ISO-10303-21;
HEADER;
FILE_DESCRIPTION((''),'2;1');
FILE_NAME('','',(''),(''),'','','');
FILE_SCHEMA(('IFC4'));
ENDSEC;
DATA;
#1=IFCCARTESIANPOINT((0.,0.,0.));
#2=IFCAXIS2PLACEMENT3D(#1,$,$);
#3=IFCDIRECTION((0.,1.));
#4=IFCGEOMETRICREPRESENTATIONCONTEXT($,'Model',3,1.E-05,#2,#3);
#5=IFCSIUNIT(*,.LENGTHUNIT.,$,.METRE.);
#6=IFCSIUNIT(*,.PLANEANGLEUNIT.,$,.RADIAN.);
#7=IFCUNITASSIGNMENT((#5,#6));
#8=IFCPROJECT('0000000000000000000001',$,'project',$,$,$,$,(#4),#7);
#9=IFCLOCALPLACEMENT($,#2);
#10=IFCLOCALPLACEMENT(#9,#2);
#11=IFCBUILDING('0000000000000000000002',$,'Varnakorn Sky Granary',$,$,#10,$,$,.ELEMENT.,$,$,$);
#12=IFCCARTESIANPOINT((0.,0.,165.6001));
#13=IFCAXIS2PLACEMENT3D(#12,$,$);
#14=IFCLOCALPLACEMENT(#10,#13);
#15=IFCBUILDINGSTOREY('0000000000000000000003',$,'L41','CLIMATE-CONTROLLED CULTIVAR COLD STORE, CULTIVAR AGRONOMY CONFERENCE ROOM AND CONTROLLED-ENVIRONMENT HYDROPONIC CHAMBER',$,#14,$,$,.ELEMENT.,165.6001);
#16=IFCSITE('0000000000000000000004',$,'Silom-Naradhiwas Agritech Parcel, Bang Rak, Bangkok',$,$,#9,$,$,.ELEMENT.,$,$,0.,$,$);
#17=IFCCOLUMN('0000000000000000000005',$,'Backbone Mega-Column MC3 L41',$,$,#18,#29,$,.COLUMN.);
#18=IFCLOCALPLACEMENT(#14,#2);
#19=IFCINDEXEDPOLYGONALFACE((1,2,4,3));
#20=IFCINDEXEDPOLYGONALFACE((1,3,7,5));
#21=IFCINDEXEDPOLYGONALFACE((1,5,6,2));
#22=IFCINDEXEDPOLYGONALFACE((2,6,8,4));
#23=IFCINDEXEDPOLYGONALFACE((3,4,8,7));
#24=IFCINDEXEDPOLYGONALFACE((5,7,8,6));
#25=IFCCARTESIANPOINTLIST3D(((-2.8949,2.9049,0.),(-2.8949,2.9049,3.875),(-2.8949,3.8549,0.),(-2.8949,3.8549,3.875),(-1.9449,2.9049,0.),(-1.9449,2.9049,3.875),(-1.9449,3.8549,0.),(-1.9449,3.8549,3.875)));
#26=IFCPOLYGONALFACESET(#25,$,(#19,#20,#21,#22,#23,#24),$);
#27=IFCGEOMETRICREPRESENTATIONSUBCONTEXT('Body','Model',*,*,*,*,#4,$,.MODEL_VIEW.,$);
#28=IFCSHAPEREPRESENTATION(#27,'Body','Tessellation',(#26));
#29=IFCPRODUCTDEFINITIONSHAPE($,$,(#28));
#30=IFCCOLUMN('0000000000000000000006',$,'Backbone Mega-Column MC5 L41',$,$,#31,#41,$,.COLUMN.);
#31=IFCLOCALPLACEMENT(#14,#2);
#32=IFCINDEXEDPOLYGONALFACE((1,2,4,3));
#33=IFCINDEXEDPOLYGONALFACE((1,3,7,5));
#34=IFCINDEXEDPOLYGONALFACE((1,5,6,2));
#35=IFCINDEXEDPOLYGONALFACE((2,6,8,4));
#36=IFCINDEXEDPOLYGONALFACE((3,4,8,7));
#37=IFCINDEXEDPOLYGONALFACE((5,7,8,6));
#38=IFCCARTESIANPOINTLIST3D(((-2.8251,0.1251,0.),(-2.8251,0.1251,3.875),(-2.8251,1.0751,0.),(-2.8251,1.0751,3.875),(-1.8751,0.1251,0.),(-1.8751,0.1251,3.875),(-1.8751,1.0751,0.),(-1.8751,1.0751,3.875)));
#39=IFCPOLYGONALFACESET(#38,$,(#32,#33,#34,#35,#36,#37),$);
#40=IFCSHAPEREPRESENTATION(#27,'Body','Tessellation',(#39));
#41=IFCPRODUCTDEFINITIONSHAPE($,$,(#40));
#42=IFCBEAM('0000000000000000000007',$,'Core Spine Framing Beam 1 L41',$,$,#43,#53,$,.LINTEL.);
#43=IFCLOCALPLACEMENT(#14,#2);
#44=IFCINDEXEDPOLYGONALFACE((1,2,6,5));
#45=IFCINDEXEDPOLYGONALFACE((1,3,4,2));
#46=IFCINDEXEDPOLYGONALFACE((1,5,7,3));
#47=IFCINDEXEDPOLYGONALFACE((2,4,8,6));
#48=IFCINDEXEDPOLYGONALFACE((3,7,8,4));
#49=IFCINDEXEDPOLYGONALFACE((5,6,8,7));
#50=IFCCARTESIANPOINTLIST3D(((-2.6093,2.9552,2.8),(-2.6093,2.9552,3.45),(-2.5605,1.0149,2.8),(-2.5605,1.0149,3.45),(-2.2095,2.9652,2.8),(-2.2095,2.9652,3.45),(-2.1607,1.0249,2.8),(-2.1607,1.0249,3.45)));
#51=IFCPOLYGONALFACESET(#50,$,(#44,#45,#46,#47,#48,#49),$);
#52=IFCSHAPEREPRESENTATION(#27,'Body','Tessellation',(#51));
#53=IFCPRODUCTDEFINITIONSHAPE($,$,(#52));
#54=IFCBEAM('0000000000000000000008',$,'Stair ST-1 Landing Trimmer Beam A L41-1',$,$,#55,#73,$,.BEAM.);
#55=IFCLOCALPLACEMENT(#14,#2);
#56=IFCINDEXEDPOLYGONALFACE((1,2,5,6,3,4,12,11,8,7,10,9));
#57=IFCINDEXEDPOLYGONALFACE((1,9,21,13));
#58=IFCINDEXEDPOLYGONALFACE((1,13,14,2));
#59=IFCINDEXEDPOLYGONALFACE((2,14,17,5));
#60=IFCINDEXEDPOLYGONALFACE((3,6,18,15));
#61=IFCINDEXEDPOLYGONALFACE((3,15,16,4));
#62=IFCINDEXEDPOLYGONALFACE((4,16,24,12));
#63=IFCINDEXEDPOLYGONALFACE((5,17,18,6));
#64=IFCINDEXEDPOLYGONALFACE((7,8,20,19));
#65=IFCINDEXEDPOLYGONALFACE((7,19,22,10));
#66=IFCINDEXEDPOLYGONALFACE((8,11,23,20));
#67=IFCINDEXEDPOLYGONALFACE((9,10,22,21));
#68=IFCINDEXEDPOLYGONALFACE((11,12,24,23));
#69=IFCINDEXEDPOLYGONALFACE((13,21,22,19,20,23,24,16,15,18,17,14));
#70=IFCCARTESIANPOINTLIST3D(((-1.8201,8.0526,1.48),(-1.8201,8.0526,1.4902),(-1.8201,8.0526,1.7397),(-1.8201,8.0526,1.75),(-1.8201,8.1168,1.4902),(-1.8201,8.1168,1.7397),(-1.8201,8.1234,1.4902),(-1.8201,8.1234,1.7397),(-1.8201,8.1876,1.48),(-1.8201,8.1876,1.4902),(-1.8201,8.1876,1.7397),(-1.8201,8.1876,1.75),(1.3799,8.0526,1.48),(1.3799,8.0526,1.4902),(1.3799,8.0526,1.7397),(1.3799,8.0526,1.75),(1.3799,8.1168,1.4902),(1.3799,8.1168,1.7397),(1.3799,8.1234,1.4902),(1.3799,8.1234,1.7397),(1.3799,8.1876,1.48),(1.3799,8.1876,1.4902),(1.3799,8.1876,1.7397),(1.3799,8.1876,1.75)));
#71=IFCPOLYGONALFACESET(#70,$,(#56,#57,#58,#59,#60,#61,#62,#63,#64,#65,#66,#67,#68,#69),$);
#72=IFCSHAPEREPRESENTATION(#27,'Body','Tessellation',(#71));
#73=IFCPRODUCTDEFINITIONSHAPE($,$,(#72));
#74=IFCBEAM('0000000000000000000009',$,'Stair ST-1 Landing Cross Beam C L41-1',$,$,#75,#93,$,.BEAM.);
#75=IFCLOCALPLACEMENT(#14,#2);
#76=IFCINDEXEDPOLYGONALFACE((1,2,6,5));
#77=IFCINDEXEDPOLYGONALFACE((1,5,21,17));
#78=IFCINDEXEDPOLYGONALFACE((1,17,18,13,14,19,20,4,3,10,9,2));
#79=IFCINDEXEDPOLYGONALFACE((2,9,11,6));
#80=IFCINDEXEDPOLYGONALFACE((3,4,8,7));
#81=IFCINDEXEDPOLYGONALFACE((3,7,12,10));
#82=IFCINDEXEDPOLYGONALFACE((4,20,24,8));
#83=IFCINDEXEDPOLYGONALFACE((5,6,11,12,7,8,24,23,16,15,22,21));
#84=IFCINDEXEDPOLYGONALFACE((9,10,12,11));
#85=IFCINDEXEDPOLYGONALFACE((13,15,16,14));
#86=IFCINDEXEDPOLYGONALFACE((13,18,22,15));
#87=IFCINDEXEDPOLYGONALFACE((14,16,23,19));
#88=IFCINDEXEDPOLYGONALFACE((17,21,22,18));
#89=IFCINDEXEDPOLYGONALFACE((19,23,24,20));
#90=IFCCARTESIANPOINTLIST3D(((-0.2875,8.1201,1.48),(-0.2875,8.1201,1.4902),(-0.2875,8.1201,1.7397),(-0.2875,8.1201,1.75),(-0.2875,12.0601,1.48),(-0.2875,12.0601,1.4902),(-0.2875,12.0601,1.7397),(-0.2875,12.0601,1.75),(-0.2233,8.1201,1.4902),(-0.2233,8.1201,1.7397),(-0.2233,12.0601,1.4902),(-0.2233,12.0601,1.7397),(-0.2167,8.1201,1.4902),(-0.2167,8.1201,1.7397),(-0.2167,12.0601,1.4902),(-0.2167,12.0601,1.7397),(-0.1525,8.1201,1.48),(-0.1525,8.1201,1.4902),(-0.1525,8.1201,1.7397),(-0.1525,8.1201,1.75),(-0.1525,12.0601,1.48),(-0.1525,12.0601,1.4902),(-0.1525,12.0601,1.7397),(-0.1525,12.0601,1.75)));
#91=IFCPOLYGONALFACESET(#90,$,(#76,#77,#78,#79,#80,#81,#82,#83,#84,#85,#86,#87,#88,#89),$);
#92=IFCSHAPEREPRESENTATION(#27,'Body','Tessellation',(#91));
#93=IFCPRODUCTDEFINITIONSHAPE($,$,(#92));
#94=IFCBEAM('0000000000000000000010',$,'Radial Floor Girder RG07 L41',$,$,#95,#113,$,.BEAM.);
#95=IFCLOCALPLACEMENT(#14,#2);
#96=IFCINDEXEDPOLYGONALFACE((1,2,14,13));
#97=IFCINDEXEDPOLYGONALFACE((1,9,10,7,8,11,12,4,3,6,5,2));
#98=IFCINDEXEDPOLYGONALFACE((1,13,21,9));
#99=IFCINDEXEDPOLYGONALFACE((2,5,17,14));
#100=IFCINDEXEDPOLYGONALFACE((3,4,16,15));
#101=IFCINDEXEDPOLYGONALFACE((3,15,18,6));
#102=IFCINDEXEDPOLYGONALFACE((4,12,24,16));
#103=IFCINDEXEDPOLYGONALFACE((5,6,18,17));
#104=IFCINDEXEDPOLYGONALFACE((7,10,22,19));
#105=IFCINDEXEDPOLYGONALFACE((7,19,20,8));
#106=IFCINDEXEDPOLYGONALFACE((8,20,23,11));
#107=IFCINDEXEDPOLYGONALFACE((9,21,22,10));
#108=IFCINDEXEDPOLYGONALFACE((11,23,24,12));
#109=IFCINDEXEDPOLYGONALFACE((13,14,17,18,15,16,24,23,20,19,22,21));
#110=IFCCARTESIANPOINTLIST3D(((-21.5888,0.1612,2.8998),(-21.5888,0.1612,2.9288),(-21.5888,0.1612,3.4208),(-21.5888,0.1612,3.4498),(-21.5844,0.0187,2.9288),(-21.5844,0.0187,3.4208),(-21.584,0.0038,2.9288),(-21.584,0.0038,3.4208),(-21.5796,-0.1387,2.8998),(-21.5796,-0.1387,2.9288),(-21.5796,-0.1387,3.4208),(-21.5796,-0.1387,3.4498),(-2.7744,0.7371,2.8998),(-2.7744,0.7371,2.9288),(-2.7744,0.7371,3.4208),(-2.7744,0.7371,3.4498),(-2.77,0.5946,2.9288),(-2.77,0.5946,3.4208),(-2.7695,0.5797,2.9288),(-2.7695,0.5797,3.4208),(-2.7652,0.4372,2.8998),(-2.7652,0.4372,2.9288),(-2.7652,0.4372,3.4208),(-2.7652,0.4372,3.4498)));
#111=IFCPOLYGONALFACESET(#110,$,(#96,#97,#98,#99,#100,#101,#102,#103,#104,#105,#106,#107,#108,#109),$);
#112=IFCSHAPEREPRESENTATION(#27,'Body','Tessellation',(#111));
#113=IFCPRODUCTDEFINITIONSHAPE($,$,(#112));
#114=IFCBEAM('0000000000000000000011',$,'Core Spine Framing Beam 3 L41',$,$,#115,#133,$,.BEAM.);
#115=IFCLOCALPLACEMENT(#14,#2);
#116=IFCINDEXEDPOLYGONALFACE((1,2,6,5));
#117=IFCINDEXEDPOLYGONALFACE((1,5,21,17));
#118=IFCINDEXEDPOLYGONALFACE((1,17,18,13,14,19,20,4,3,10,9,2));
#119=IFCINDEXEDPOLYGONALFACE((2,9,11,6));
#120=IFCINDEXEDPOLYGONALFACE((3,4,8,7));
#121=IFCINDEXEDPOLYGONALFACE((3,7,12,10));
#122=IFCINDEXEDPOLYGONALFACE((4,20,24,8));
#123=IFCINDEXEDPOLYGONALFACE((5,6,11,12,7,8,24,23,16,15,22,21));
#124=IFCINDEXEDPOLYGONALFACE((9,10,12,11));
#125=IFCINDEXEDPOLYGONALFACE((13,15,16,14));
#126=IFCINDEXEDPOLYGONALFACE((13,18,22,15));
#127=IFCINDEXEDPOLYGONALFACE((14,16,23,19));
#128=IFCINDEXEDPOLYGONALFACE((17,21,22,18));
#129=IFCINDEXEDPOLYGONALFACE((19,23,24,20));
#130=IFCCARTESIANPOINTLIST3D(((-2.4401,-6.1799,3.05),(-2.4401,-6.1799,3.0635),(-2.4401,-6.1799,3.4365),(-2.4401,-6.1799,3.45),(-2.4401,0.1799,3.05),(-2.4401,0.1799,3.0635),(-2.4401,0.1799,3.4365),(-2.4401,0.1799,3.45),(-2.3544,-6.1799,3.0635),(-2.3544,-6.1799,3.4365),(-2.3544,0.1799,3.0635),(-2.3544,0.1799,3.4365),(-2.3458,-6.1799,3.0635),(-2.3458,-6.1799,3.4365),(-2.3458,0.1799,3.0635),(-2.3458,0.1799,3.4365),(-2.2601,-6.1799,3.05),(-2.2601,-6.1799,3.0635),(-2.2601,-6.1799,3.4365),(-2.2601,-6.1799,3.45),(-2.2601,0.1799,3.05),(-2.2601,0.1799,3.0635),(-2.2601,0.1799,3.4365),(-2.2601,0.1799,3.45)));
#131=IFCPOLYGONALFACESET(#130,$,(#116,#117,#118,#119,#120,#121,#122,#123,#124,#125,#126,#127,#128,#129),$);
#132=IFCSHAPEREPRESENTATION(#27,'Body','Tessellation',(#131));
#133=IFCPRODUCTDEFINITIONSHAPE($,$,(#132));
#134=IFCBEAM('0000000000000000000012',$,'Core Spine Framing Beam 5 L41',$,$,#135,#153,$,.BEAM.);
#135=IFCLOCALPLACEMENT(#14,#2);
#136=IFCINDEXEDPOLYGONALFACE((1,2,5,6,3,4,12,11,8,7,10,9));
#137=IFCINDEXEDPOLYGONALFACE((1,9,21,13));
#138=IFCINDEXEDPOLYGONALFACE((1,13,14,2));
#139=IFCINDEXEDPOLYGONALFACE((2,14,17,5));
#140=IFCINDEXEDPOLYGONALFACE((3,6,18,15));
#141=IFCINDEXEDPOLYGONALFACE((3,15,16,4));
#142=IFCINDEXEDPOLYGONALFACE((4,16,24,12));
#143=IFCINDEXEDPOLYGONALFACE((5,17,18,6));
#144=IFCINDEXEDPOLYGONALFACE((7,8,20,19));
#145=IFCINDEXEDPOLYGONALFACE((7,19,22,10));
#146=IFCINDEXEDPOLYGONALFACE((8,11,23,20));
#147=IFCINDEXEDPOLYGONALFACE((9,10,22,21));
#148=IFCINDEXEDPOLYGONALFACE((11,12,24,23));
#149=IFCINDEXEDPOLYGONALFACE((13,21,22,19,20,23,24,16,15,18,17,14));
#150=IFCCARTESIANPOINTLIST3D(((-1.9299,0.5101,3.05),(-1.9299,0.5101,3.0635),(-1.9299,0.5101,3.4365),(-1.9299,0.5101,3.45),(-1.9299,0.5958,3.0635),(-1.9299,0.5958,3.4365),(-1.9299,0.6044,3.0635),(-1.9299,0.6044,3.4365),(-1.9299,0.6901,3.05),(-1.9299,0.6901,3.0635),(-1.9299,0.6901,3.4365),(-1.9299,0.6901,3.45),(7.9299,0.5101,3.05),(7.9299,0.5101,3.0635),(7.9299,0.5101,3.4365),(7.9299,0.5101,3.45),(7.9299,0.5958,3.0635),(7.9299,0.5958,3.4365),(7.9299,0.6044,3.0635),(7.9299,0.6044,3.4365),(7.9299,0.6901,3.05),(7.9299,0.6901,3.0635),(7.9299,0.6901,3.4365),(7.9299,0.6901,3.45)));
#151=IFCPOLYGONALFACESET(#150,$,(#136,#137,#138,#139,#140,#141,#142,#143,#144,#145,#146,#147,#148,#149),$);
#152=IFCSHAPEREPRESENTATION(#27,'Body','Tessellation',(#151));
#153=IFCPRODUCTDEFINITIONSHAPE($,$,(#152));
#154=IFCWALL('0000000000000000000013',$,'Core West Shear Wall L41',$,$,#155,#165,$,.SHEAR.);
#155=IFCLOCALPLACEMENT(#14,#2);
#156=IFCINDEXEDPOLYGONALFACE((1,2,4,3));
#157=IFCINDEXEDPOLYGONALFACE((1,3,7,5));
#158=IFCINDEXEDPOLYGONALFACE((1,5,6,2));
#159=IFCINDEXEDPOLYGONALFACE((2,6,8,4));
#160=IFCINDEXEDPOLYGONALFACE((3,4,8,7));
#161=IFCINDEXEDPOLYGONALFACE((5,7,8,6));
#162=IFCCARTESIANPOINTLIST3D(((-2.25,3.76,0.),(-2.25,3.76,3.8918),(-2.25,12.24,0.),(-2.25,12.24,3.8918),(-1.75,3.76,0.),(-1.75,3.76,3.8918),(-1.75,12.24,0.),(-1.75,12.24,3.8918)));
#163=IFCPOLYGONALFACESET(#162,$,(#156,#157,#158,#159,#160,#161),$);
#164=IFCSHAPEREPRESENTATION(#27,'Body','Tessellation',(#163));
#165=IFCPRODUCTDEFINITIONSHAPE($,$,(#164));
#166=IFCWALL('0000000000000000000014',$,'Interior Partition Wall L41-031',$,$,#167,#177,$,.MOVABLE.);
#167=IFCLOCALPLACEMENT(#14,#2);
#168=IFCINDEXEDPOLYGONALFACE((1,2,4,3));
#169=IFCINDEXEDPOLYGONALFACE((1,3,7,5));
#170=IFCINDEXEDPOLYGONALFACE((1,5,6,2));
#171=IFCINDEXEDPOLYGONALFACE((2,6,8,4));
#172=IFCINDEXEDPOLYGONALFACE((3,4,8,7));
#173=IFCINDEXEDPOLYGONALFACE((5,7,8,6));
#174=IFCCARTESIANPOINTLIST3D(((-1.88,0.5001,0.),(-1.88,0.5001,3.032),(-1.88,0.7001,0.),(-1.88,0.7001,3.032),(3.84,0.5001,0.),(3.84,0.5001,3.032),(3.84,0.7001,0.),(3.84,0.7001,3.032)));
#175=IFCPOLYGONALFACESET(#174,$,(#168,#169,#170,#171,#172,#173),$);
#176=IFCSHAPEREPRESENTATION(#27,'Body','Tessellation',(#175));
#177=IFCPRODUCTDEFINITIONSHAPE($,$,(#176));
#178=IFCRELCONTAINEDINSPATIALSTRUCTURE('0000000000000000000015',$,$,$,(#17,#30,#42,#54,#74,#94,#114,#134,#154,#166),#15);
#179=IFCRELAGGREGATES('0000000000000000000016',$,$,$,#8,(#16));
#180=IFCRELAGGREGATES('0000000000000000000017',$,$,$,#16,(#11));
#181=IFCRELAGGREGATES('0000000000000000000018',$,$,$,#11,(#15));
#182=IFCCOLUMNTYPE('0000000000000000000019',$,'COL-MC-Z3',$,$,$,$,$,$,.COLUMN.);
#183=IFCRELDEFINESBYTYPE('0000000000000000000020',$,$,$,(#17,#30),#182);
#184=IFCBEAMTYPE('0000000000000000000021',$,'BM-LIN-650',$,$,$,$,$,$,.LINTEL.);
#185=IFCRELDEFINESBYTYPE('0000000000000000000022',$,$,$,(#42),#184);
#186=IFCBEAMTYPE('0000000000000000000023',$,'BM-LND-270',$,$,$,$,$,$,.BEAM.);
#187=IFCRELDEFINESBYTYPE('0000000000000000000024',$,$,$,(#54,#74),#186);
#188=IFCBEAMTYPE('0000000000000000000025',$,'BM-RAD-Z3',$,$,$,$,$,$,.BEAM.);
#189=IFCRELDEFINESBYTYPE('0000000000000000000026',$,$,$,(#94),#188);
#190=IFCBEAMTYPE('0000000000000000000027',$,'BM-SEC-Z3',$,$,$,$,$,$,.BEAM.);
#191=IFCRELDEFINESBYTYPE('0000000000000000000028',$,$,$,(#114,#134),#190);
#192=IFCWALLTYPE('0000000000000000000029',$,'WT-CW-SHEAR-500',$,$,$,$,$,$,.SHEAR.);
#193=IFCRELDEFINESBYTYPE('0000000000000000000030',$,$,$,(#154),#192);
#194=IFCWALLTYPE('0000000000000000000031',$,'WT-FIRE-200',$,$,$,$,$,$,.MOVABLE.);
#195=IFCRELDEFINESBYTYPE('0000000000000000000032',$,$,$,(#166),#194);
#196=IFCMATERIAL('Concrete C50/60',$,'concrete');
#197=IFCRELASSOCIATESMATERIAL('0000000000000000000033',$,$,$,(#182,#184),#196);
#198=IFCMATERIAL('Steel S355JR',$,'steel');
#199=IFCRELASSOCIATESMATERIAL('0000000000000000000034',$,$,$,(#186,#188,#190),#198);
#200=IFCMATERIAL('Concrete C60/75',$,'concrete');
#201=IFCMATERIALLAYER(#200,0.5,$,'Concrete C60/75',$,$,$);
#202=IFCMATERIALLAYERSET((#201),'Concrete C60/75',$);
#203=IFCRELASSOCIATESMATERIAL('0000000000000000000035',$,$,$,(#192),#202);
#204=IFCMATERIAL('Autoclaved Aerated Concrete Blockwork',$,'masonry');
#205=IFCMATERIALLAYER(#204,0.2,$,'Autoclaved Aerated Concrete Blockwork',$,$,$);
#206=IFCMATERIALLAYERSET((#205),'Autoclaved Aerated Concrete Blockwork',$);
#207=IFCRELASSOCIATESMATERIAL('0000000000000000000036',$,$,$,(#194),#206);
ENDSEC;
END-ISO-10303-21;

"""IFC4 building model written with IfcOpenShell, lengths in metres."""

from ifc_helpers import new_model, si_unit, direction, frame, frame_2d, origin, origin_2d, place, context, subcontext, project, spatial, rectangle, i_section, extrude, material, layer, layer_set, material_profile, profile_set, type_object, element, save


model = new_model("IFC4")

# Units and contexts
model_context = context("Model", 3, precision=1e-05, world=origin(), true_north=direction((0.0, 1.0)))
body_context = subcontext(model_context, "Body", "Model", "MODEL_VIEW")
ifc_project = project(units=[si_unit("LENGTHUNIT", "METRE"), si_unit("PLANEANGLEUNIT", "RADIAN")], contexts=[model_context])

# Site, building, storey
site_placement = place(None, origin())
site = spatial("IfcSite", under=ifc_project, at=site_placement, Name="Silom-Naradhiwas Agritech Parcel, Bang Rak, Bangkok", CompositionType="ELEMENT", RefElevation=0.0)
building_placement = place(site_placement, origin())
building = spatial("IfcBuilding", under=site, at=building_placement, Name="Varnakorn Sky Granary", CompositionType="ELEMENT")
storey_placement = place(building_placement, frame((0.0, 0.0, 165.6001)))
storey = spatial("IfcBuildingStorey", under=building, at=storey_placement, Name="L41", Description="CLIMATE-CONTROLLED CULTIVAR COLD STORE, CULTIVAR AGRONOMY CONFERENCE ROOM AND CONTROLLED-ENVIRONMENT HYDROPONIC CHAMBER", CompositionType="ELEMENT", Elevation=165.6001)

# Columns
ifc_material_1 = material(Name="Concrete C50/60", Category="concrete")
ifc_material_profile_1 = material_profile(ifc_material_1, rectangle(XDim=0.95, YDim=0.95, at=origin_2d()), Name="RC 950x950")
ifc_profile_set_1 = profile_set([ifc_material_profile_1], Name="Concrete C50/60")
column_type = type_object("IfcColumnType", Name="COL-MC-Z3", PredefinedType="COLUMN", material=ifc_profile_set_1)
for number, where, z_axis, x_axis, name in (
    (1, (-2.4199, 3.3799, 0.0), (0.0, 0.0, 1.0), (1.0, 0.0, 0.0), "Backbone Mega-Column MC3 L41"),
    (2, (-2.3501, 0.6001, 0.0), (0.0, 0.0, 1.0), (1.0, 0.0, 0.0), "Backbone Mega-Column MC5 L41"),
):
    element("IfcColumn", number, at=place(storey_placement, frame(where, z_axis=z_axis, x_axis=x_axis)), inside=storey, type_object=column_type, Name=name, PredefinedType="COLUMN", context=body_context, shape_type="SweptSolid", body=[
        extrude(rectangle(XDim=0.95, YDim=0.95, at=origin_2d()), origin(), (0.0, 0.0, 1.0), 3.875),
    ])

# Beams
ifc_material_profile_2 = material_profile(ifc_material_1, rectangle(XDim=0.3999, YDim=0.6499, at=origin_2d()), Name="RC 400x650")
ifc_profile_set_2 = profile_set([ifc_material_profile_2], Name="Concrete C50/60")
beam_type_1 = type_object("IfcBeamType", Name="BM-LIN-650", PredefinedType="LINTEL", material=ifc_profile_set_2)
beam_1_placement = place(storey_placement, frame((-2.4094, 2.9602, 3.125), z_axis=(0.025159, -0.999683, 0.0), x_axis=(0.999683, 0.025159, 0.0)))
element("IfcBeam", 3, at=beam_1_placement, inside=storey, type_object=beam_type_1, Name="Core Spine Framing Beam 1 L41", PredefinedType="LINTEL", context=body_context, shape_type="SweptSolid", body=[
    extrude(rectangle(XDim=0.3999, YDim=0.6499, at=origin_2d()), origin(), (0.0, 0.0, 1.0), 1.9409),
])
ifc_material_2 = material(Name="Steel S355JR", Category="steel")
ifc_material_profile_3 = material_profile(ifc_material_2, i_section(OverallWidth=0.135, OverallDepth=0.27, WebThickness=0.0066, FlangeThickness=0.0103, at=origin_2d()), Name="IPE 270")
ifc_profile_set_3 = profile_set([ifc_material_profile_3], Name="Steel S355JR")
beam_type_2 = type_object("IfcBeamType", Name="BM-LND-270", PredefinedType="BEAM", material=ifc_profile_set_3)
beam_2_placement = place(storey_placement, frame((-1.8201, 8.1201, 1.615), z_axis=(1.0, 0.0, 0.0), x_axis=(0.0, 1.0, 0.0)))
element("IfcBeam", 4, at=beam_2_placement, inside=storey, type_object=beam_type_2, Name="Stair ST-1 Landing Trimmer Beam A L41-1", PredefinedType="BEAM", context=body_context, shape_type="SweptSolid", body=[
    extrude(i_section(OverallWidth=0.135, OverallDepth=0.27, WebThickness=0.0066, FlangeThickness=0.0103, at=origin_2d()), origin(), (0.0, 0.0, 1.0), 3.2),
])
beam_3_placement = place(storey_placement, frame((-0.22, 8.1201, 1.615), z_axis=(0.0, 1.0, 0.0), x_axis=(-1.0, 0.0, 0.0)))
element("IfcBeam", 5, at=beam_3_placement, inside=storey, type_object=beam_type_2, Name="Stair ST-1 Landing Cross Beam C L41-1", PredefinedType="BEAM", context=body_context, shape_type="SweptSolid", body=[
    extrude(i_section(OverallWidth=0.135, OverallDepth=0.27, WebThickness=0.0066, FlangeThickness=0.0103, at=origin_2d()), origin(), (0.0, 0.0, 1.0), 3.9399),
])
ifc_material_profile_4 = material_profile(ifc_material_2, i_section(OverallWidth=0.3, OverallDepth=0.55, WebThickness=0.0149, FlangeThickness=0.0291, at=origin_2d()), Name="HE 550 B")
ifc_profile_set_4 = profile_set([ifc_material_profile_4], Name="Steel S355JR")
beam_type_3 = type_object("IfcBeamType", Name="BM-RAD-Z3", PredefinedType="BEAM", material=ifc_profile_set_4)
beam_4_placement = place(storey_placement, frame((-2.7698, 0.5872, 3.1748), z_axis=(-0.999532, -0.030597, 0.0), x_axis=(0.030597, -0.999532, 0.0)))
element("IfcBeam", 6, at=beam_4_placement, inside=storey, type_object=beam_type_3, Name="Radial Floor Girder RG07 L41", PredefinedType="BEAM", context=body_context, shape_type="SweptSolid", body=[
    extrude(i_section(OverallWidth=0.3, OverallDepth=0.55, WebThickness=0.0149, FlangeThickness=0.0291, at=origin_2d()), origin(), (0.0, 0.0, 1.0), 18.8232),
])
ifc_material_profile_5 = material_profile(ifc_material_2, i_section(OverallWidth=0.1799, OverallDepth=0.3999, WebThickness=0.0085, FlangeThickness=0.0134, at=origin_2d()), Name="IPE 400")
ifc_profile_set_5 = profile_set([ifc_material_profile_5], Name="Steel S355JR")
beam_type_4 = type_object("IfcBeamType", Name="BM-SEC-Z3", PredefinedType="BEAM", material=ifc_profile_set_5)
beam_5_placement = place(storey_placement, frame((-2.3501, 0.1799, 3.25), z_axis=(0.0, -1.0, 0.0), x_axis=(1.0, 0.0, 0.0)))
element("IfcBeam", 7, at=beam_5_placement, inside=storey, type_object=beam_type_4, Name="Core Spine Framing Beam 3 L41", PredefinedType="BEAM", context=body_context, shape_type="SweptSolid", body=[
    extrude(i_section(OverallWidth=0.1799, OverallDepth=0.3999, WebThickness=0.0085, FlangeThickness=0.0134, at=origin_2d()), origin(), (0.0, 0.0, 1.0), 6.3599),
])
beam_6_placement = place(storey_placement, frame((-1.9299, 0.6001, 3.25), z_axis=(1.0, 0.0, 0.0), x_axis=(0.0, 1.0, 0.0)))
element("IfcBeam", 8, at=beam_6_placement, inside=storey, type_object=beam_type_4, Name="Core Spine Framing Beam 5 L41", PredefinedType="BEAM", context=body_context, shape_type="SweptSolid", body=[
    extrude(i_section(OverallWidth=0.1799, OverallDepth=0.3999, WebThickness=0.0085, FlangeThickness=0.0134, at=origin_2d()), origin(), (0.0, 0.0, 1.0), 9.8599),
])

# Shared definitions
ifc_material_3 = material(Name="Concrete C60/75", Category="concrete")
ifc_layer_1 = layer(ifc_material_3, 0.5, Name="Concrete C60/75")
ifc_layer_set_1 = layer_set([ifc_layer_1], Name="Concrete C60/75")
wall_type_1 = type_object("IfcWallType", Name="WT-CW-SHEAR-500", PredefinedType="SHEAR", material=ifc_layer_set_1)

# Walls
wall_1_placement = place(storey_placement, frame((-2.0, 3.76, 0.0), z_axis=(0.0, 0.0, 1.0), x_axis=(0.0, 1.0, 0.0)))
element("IfcWall", 9, at=wall_1_placement, inside=storey, type_object=wall_type_1, Name="Core West Shear Wall L41", PredefinedType="SHEAR", context=body_context, shape_type="SweptSolid", body=[
    extrude(rectangle(XDim=8.48, YDim=0.5, at=frame_2d((4.24, 0.0))), origin(), (0.0, 0.0, 1.0), 3.8918),
])
ifc_material_4 = material(Name="Autoclaved Aerated Concrete Blockwork", Category="masonry")
ifc_layer_2 = layer(ifc_material_4, 0.2, Name="Autoclaved Aerated Concrete Blockwork")
ifc_layer_set_2 = layer_set([ifc_layer_2], Name="Autoclaved Aerated Concrete Blockwork")
wall_type_2 = type_object("IfcWallType", Name="WT-FIRE-200", PredefinedType="MOVABLE", material=ifc_layer_set_2)
wall_2_placement = place(storey_placement, frame((-1.8799, 0.6001, 0.0), z_axis=(0.0, 0.0, 1.0), x_axis=(1.0, 0.0, 0.0)))
element("IfcWall", 10, at=wall_2_placement, inside=storey, type_object=wall_type_2, Name="Interior Partition Wall L41-031", PredefinedType="MOVABLE", context=body_context, shape_type="SweptSolid", body=[
    extrude(rectangle(XDim=5.72, YDim=0.2, at=frame_2d((2.8599, 0.0))), origin(), (0.0, 0.0, 1.0), 3.032),
])

save(model, "model.ifc")
